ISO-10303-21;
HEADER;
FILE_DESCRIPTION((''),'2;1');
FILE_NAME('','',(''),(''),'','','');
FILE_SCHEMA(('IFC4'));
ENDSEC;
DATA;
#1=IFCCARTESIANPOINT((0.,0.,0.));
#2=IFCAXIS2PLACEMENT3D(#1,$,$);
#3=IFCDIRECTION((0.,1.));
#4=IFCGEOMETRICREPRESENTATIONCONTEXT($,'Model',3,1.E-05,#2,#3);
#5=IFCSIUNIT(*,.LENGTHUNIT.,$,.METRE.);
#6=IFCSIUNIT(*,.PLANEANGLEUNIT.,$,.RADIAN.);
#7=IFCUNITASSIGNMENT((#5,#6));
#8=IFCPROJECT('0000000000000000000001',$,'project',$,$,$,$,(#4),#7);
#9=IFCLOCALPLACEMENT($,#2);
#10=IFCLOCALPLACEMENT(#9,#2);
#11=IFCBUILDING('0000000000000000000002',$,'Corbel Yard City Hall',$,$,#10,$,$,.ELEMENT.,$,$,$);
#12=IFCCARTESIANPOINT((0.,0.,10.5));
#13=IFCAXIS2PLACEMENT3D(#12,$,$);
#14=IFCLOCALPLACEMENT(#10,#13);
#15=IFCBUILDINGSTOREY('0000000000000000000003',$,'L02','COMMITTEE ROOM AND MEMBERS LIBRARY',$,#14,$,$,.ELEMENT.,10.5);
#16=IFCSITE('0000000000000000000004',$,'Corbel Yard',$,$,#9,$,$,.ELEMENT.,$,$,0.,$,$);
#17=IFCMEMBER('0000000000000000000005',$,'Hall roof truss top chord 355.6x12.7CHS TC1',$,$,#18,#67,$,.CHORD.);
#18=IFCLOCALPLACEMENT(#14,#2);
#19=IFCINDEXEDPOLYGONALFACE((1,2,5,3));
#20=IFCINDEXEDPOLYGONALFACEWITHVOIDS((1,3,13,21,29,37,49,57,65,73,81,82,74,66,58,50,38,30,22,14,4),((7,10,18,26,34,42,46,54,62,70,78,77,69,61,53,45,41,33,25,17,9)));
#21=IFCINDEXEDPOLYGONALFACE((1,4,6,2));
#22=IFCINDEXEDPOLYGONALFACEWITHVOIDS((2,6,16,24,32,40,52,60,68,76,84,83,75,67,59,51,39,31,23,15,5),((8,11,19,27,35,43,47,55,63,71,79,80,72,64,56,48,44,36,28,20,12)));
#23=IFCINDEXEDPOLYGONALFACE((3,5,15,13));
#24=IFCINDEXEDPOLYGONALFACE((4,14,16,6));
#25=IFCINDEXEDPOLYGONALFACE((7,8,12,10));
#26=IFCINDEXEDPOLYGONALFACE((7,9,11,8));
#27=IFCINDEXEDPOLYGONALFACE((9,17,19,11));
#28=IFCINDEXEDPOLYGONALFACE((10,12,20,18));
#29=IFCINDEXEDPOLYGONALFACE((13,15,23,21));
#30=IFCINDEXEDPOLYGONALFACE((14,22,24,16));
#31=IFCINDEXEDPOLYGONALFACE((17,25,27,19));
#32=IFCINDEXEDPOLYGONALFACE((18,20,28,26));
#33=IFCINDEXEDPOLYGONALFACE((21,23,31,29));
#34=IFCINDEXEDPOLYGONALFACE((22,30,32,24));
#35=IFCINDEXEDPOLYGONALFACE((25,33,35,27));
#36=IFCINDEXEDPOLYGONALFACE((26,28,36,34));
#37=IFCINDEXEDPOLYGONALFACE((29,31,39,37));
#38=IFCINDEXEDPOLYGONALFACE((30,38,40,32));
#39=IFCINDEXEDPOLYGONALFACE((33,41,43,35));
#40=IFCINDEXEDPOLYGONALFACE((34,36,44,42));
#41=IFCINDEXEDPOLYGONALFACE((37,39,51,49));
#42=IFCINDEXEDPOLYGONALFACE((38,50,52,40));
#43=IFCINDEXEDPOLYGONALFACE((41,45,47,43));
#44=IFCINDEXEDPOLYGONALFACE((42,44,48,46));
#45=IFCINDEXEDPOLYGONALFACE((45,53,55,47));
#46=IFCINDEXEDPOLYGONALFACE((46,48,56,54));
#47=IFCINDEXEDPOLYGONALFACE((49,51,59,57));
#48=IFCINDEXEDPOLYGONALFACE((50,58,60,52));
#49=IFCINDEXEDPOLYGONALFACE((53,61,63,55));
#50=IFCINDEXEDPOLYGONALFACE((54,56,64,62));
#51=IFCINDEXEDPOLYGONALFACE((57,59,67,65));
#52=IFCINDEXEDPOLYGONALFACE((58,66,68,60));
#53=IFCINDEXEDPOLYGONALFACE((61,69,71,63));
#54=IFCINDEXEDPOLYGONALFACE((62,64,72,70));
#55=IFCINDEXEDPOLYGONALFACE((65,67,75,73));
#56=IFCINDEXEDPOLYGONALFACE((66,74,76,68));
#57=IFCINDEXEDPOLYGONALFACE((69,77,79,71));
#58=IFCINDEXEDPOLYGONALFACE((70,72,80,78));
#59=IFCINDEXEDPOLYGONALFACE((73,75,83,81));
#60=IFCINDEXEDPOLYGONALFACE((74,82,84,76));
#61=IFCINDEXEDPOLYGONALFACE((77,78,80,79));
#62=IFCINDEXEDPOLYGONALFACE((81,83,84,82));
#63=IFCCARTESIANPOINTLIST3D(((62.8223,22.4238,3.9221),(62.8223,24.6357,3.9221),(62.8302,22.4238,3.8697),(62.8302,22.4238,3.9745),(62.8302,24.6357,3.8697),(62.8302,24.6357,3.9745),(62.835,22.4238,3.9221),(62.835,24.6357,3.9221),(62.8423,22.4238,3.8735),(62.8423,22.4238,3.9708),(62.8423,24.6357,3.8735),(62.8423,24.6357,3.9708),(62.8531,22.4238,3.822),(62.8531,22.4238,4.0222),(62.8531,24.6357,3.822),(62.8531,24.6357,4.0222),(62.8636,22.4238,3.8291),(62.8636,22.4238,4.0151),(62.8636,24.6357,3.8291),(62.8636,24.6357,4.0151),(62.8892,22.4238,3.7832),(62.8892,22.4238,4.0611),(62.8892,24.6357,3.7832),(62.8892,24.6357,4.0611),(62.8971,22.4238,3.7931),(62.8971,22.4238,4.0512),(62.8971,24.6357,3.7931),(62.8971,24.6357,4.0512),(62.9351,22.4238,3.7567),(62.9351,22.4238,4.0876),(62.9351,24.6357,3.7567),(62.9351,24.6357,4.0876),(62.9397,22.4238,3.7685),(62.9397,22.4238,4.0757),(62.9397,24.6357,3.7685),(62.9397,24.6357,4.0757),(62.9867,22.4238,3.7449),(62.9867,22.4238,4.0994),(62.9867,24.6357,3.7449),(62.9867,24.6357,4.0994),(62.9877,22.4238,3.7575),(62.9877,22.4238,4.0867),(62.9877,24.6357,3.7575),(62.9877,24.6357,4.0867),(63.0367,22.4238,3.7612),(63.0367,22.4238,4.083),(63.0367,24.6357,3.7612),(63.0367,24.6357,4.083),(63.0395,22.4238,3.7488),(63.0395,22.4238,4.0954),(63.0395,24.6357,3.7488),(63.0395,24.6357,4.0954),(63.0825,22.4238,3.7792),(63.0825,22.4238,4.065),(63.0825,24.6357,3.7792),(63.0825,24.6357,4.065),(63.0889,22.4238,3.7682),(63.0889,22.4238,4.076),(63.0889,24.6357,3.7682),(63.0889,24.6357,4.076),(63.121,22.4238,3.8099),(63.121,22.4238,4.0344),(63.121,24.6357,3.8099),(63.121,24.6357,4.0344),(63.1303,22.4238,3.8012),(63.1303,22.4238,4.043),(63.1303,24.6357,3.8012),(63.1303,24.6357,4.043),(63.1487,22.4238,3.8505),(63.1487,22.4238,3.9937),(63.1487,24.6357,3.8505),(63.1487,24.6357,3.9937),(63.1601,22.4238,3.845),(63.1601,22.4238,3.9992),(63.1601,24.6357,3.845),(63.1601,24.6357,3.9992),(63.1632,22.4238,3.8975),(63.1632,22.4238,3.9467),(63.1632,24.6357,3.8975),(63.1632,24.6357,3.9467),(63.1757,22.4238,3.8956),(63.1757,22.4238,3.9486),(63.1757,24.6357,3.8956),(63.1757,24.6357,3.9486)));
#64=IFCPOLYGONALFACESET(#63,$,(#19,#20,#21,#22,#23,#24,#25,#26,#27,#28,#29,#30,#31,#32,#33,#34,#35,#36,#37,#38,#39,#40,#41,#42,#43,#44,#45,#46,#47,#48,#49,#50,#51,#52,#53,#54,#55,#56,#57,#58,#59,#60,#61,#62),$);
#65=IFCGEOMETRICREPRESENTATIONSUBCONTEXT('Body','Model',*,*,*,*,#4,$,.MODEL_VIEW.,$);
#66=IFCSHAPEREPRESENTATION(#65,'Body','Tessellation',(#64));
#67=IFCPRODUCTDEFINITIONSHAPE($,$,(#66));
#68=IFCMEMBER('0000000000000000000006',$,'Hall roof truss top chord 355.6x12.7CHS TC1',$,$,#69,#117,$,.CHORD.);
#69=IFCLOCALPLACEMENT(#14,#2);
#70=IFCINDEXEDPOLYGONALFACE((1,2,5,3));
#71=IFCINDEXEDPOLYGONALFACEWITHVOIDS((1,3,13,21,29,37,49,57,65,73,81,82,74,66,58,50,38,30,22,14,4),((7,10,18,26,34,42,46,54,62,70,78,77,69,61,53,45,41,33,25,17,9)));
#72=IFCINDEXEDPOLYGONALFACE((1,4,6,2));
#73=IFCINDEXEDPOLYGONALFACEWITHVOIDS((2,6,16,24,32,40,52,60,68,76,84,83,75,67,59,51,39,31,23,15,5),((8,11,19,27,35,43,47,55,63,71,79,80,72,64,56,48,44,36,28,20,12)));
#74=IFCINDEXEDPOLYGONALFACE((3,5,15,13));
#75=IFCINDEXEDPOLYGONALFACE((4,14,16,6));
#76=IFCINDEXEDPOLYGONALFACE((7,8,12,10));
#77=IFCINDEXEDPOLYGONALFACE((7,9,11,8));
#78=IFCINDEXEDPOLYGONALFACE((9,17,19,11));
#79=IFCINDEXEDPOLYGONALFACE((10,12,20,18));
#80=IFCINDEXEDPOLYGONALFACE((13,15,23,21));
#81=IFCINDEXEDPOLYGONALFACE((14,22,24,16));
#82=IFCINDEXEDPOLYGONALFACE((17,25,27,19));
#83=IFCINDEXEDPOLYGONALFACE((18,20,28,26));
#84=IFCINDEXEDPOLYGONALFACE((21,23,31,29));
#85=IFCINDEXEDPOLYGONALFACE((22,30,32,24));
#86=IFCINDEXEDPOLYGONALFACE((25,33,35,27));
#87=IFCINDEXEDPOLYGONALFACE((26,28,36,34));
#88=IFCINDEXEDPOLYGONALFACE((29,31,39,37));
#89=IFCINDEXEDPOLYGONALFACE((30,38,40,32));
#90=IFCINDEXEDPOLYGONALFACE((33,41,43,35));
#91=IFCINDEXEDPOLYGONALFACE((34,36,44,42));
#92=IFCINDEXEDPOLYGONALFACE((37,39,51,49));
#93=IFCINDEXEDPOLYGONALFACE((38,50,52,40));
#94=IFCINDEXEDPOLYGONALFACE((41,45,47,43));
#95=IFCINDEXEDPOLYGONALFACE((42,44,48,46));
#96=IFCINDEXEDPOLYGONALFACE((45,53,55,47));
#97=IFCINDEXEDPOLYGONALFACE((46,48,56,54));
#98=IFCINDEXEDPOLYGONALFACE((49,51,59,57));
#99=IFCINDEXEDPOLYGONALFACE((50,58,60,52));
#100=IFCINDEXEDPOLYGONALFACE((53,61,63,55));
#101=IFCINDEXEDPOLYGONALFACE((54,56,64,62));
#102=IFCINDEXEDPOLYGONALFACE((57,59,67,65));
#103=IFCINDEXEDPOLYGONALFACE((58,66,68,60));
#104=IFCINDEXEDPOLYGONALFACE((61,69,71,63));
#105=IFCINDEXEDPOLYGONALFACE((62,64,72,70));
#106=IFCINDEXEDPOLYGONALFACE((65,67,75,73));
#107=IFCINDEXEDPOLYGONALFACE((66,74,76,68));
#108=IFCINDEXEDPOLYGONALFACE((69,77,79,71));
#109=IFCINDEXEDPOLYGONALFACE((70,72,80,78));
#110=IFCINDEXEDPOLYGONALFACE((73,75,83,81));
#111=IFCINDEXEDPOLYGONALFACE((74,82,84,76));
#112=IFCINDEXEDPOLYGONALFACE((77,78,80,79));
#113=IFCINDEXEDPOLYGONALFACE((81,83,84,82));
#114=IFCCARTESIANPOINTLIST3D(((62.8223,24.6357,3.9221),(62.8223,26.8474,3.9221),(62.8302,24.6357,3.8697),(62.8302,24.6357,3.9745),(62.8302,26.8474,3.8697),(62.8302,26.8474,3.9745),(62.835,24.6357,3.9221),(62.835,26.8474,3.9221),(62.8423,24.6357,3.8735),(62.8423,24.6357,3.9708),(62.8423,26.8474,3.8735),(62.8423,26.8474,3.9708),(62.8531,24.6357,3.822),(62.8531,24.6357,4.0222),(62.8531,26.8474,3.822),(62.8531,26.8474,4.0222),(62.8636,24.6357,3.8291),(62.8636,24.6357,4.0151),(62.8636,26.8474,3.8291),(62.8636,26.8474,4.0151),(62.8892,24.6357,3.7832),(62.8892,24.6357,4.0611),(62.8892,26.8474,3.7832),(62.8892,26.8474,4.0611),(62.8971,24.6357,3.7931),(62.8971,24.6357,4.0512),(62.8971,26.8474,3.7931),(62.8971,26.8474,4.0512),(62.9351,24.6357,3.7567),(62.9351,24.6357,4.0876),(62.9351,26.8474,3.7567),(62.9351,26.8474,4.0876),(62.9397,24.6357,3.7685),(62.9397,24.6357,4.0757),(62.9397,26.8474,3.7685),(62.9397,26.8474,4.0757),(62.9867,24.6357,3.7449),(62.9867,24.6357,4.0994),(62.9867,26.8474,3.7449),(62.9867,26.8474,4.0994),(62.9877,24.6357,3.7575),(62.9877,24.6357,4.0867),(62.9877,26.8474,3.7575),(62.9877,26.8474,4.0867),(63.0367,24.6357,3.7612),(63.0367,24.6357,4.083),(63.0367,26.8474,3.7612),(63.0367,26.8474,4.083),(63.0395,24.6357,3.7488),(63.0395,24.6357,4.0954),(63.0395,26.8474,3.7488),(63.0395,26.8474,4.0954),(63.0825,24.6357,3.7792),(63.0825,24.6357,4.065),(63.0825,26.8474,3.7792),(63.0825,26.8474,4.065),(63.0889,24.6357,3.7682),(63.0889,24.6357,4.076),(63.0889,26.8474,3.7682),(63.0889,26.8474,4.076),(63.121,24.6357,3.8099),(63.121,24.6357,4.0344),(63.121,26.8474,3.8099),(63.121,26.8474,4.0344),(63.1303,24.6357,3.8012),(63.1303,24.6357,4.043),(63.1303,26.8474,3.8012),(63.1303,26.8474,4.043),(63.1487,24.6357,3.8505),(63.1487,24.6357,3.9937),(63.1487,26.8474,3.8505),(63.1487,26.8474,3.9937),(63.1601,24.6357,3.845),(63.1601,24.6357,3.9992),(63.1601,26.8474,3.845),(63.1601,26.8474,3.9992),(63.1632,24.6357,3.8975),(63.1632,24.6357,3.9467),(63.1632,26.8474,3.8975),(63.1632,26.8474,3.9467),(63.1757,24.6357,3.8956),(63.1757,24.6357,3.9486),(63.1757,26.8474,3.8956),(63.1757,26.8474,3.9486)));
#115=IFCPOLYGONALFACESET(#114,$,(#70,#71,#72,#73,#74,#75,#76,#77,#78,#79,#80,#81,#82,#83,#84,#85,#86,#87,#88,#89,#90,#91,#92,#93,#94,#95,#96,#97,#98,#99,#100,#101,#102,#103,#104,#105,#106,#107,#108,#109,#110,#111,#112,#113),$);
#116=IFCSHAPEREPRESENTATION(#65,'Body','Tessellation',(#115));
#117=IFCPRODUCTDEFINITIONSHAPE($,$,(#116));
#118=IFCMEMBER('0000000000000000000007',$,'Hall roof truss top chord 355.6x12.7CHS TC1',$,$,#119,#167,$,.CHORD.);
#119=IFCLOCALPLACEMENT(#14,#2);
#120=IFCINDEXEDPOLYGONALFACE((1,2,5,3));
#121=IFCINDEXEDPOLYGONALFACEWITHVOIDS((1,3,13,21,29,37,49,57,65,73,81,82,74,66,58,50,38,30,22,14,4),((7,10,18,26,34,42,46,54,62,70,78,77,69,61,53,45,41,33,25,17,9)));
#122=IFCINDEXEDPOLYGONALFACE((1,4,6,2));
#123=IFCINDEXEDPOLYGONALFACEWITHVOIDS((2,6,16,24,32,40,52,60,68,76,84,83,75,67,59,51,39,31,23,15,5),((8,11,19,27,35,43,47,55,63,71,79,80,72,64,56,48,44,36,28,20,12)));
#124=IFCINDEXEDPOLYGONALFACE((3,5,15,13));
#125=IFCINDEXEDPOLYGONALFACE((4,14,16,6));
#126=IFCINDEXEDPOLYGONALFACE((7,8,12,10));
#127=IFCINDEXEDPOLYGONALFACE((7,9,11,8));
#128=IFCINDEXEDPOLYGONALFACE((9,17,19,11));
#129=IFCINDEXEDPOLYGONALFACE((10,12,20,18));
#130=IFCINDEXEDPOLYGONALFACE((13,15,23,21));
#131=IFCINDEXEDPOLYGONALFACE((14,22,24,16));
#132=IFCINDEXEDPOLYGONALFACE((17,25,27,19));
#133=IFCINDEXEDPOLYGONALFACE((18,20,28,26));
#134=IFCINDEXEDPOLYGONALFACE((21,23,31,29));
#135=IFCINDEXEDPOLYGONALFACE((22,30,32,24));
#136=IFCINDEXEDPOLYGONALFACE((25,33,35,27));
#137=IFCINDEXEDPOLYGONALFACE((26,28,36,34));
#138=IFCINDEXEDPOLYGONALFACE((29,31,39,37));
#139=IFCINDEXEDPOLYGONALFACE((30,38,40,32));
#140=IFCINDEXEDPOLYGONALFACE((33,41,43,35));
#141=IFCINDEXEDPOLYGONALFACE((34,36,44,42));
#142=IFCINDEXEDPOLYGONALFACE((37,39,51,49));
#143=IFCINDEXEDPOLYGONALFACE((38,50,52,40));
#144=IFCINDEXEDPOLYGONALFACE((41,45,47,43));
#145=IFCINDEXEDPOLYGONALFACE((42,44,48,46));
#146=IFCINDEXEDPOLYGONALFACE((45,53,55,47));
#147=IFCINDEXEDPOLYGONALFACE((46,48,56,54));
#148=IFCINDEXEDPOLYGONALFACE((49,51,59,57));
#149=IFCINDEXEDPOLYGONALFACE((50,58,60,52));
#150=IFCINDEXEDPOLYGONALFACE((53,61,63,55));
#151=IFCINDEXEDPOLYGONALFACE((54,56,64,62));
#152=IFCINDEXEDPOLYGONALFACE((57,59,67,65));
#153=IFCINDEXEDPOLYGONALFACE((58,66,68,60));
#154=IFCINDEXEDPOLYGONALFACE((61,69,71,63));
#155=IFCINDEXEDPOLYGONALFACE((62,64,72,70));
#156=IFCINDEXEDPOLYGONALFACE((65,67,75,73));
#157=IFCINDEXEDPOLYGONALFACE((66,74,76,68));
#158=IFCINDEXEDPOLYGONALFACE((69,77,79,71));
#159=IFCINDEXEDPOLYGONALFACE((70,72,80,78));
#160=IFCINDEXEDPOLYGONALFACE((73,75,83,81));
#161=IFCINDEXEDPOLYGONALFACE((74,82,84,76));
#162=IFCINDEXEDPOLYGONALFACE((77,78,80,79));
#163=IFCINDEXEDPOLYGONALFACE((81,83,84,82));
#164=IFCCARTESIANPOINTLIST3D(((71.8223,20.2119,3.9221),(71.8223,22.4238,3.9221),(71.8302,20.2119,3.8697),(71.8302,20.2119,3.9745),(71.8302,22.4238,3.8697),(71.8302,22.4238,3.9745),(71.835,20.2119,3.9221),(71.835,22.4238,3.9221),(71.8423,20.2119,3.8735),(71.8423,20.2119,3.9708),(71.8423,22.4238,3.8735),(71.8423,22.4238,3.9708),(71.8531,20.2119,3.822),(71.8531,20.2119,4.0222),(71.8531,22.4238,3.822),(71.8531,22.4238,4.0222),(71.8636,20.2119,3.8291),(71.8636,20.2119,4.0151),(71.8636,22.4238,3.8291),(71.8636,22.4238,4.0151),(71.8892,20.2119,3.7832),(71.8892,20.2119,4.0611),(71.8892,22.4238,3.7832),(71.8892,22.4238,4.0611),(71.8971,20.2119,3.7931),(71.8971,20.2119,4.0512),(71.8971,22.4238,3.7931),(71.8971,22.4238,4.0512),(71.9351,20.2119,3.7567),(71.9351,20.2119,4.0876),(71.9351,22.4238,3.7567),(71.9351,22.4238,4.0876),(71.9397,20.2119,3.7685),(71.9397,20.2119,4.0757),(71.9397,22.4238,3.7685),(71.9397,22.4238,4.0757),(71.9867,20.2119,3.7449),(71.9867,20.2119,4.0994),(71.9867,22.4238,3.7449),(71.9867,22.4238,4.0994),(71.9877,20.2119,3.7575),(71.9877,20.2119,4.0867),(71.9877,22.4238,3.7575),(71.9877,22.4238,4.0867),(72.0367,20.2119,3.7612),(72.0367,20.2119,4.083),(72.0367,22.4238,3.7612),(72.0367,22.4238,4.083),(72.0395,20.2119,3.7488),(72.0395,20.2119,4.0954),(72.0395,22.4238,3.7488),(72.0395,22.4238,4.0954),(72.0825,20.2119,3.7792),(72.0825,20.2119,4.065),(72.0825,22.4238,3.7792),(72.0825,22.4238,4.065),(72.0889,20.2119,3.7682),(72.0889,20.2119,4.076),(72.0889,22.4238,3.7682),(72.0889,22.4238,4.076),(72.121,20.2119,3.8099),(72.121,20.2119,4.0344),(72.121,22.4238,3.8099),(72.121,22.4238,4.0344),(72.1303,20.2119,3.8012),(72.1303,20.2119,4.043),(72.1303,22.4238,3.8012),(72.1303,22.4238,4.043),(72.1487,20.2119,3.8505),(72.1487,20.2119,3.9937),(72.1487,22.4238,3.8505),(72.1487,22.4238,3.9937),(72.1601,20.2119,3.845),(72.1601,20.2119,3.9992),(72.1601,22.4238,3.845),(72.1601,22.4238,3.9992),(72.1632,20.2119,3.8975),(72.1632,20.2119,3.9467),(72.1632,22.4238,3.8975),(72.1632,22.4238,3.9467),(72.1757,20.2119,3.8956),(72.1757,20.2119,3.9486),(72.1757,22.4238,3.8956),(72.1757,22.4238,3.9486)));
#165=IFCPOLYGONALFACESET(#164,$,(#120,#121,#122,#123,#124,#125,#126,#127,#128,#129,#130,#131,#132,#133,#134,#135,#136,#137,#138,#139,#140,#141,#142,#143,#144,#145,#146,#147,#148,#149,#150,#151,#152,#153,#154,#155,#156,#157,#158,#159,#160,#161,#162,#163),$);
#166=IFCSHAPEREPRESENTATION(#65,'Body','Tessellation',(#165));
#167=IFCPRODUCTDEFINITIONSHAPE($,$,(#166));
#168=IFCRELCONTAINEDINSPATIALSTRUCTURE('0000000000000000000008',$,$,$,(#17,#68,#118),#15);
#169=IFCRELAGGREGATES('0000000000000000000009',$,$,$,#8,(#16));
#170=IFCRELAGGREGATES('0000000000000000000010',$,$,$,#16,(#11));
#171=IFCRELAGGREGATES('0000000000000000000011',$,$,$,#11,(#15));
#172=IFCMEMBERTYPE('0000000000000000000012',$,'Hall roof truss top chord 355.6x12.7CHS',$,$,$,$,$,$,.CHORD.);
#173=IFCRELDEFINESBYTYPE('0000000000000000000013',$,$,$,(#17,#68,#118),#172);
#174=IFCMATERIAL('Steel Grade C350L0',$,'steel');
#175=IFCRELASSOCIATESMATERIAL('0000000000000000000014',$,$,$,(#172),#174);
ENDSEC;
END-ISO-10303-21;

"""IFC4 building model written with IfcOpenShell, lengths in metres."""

from ifc_helpers import new_model, si_unit, direction, frame, origin, origin_2d, place, context, subcontext, project, spatial, hollow_circle, extrude, material, material_profile, profile_set, type_object, element, save


model = new_model("IFC4")

# Units and contexts
model_context = context("Model", 3, precision=1e-05, world=origin(), true_north=direction((0.0, 1.0)))
body_context = subcontext(model_context, "Body", "Model", "MODEL_VIEW")
ifc_project = project(units=[si_unit("LENGTHUNIT", "METRE"), si_unit("PLANEANGLEUNIT", "RADIAN")], contexts=[model_context])

# Site, building, storey
site_placement = place(None, origin())
site = spatial("IfcSite", under=ifc_project, at=site_placement, Name="Corbel Yard", CompositionType="ELEMENT", RefElevation=0.0)
building_placement = place(site_placement, origin())
building = spatial("IfcBuilding", under=site, at=building_placement, Name="Corbel Yard City Hall", CompositionType="ELEMENT")
storey_placement = place(building_placement, frame((0.0, 0.0, 10.5)))
storey = spatial("IfcBuildingStorey", under=building, at=storey_placement, Name="L02", Description="COMMITTEE ROOM AND MEMBERS LIBRARY", CompositionType="ELEMENT", Elevation=10.5)

# Members
ifc_material_1 = material(Name="Steel Grade C350L0", Category="steel")
ifc_material_profile_1 = material_profile(ifc_material_1, hollow_circle(Radius=0.1777, WallThickness=0.0127, at=origin_2d()), Name="355.6x12.7CHS")
ifc_profile_set_1 = profile_set([ifc_material_profile_1], Name="Steel Grade C350L0")
member_type_1 = type_object("IfcMemberType", Name="Hall roof truss top chord 355.6x12.7CHS", PredefinedType="CHORD", material=ifc_profile_set_1)
for number, where, z_axis, x_axis, name in (
    (1, (63.0, 22.4238, 3.9221), (0.0, 1.0, 0.0), (-1.0, 0.0, 0.0), "Hall roof truss top chord 355.6x12.7CHS TC1"),
):
    element("IfcMember", number, at=place(storey_placement, frame(where, z_axis=z_axis, x_axis=x_axis)), inside=storey, type_object=member_type_1, Name=name, PredefinedType="CHORD", context=body_context, shape_type="SweptSolid", body=[
        extrude(hollow_circle(Radius=0.1777, WallThickness=0.0127, at=origin_2d()), origin(), (0.0, 0.0, 1.0), 2.2119),
    ])
member_1_placement = place(storey_placement, frame((63.0, 24.6357, 3.9221), z_axis=(0.0, 1.0, 0.0), x_axis=(-1.0, 0.0, 0.0)))
element("IfcMember", 2, at=member_1_placement, inside=storey, type_object=member_type_1, Name="Hall roof truss top chord 355.6x12.7CHS TC1", PredefinedType="CHORD", context=body_context, shape_type="SweptSolid", body=[
    extrude(hollow_circle(Radius=0.1777, WallThickness=0.0127, at=origin_2d()), origin(), (0.0, 0.0, 1.0), 2.2117),
])
for number, where, z_axis, x_axis, name in (
    (3, (72.0, 20.2119, 3.9221), (0.0, 1.0, 0.0), (-1.0, 0.0, 0.0), "Hall roof truss top chord 355.6x12.7CHS TC1"),
):
    element("IfcMember", number, at=place(storey_placement, frame(where, z_axis=z_axis, x_axis=x_axis)), inside=storey, type_object=member_type_1, Name=name, PredefinedType="CHORD", context=body_context, shape_type="SweptSolid", body=[
        extrude(hollow_circle(Radius=0.1777, WallThickness=0.0127, at=origin_2d()), origin(), (0.0, 0.0, 1.0), 2.2119),
    ])

save(model, "model.ifc")
